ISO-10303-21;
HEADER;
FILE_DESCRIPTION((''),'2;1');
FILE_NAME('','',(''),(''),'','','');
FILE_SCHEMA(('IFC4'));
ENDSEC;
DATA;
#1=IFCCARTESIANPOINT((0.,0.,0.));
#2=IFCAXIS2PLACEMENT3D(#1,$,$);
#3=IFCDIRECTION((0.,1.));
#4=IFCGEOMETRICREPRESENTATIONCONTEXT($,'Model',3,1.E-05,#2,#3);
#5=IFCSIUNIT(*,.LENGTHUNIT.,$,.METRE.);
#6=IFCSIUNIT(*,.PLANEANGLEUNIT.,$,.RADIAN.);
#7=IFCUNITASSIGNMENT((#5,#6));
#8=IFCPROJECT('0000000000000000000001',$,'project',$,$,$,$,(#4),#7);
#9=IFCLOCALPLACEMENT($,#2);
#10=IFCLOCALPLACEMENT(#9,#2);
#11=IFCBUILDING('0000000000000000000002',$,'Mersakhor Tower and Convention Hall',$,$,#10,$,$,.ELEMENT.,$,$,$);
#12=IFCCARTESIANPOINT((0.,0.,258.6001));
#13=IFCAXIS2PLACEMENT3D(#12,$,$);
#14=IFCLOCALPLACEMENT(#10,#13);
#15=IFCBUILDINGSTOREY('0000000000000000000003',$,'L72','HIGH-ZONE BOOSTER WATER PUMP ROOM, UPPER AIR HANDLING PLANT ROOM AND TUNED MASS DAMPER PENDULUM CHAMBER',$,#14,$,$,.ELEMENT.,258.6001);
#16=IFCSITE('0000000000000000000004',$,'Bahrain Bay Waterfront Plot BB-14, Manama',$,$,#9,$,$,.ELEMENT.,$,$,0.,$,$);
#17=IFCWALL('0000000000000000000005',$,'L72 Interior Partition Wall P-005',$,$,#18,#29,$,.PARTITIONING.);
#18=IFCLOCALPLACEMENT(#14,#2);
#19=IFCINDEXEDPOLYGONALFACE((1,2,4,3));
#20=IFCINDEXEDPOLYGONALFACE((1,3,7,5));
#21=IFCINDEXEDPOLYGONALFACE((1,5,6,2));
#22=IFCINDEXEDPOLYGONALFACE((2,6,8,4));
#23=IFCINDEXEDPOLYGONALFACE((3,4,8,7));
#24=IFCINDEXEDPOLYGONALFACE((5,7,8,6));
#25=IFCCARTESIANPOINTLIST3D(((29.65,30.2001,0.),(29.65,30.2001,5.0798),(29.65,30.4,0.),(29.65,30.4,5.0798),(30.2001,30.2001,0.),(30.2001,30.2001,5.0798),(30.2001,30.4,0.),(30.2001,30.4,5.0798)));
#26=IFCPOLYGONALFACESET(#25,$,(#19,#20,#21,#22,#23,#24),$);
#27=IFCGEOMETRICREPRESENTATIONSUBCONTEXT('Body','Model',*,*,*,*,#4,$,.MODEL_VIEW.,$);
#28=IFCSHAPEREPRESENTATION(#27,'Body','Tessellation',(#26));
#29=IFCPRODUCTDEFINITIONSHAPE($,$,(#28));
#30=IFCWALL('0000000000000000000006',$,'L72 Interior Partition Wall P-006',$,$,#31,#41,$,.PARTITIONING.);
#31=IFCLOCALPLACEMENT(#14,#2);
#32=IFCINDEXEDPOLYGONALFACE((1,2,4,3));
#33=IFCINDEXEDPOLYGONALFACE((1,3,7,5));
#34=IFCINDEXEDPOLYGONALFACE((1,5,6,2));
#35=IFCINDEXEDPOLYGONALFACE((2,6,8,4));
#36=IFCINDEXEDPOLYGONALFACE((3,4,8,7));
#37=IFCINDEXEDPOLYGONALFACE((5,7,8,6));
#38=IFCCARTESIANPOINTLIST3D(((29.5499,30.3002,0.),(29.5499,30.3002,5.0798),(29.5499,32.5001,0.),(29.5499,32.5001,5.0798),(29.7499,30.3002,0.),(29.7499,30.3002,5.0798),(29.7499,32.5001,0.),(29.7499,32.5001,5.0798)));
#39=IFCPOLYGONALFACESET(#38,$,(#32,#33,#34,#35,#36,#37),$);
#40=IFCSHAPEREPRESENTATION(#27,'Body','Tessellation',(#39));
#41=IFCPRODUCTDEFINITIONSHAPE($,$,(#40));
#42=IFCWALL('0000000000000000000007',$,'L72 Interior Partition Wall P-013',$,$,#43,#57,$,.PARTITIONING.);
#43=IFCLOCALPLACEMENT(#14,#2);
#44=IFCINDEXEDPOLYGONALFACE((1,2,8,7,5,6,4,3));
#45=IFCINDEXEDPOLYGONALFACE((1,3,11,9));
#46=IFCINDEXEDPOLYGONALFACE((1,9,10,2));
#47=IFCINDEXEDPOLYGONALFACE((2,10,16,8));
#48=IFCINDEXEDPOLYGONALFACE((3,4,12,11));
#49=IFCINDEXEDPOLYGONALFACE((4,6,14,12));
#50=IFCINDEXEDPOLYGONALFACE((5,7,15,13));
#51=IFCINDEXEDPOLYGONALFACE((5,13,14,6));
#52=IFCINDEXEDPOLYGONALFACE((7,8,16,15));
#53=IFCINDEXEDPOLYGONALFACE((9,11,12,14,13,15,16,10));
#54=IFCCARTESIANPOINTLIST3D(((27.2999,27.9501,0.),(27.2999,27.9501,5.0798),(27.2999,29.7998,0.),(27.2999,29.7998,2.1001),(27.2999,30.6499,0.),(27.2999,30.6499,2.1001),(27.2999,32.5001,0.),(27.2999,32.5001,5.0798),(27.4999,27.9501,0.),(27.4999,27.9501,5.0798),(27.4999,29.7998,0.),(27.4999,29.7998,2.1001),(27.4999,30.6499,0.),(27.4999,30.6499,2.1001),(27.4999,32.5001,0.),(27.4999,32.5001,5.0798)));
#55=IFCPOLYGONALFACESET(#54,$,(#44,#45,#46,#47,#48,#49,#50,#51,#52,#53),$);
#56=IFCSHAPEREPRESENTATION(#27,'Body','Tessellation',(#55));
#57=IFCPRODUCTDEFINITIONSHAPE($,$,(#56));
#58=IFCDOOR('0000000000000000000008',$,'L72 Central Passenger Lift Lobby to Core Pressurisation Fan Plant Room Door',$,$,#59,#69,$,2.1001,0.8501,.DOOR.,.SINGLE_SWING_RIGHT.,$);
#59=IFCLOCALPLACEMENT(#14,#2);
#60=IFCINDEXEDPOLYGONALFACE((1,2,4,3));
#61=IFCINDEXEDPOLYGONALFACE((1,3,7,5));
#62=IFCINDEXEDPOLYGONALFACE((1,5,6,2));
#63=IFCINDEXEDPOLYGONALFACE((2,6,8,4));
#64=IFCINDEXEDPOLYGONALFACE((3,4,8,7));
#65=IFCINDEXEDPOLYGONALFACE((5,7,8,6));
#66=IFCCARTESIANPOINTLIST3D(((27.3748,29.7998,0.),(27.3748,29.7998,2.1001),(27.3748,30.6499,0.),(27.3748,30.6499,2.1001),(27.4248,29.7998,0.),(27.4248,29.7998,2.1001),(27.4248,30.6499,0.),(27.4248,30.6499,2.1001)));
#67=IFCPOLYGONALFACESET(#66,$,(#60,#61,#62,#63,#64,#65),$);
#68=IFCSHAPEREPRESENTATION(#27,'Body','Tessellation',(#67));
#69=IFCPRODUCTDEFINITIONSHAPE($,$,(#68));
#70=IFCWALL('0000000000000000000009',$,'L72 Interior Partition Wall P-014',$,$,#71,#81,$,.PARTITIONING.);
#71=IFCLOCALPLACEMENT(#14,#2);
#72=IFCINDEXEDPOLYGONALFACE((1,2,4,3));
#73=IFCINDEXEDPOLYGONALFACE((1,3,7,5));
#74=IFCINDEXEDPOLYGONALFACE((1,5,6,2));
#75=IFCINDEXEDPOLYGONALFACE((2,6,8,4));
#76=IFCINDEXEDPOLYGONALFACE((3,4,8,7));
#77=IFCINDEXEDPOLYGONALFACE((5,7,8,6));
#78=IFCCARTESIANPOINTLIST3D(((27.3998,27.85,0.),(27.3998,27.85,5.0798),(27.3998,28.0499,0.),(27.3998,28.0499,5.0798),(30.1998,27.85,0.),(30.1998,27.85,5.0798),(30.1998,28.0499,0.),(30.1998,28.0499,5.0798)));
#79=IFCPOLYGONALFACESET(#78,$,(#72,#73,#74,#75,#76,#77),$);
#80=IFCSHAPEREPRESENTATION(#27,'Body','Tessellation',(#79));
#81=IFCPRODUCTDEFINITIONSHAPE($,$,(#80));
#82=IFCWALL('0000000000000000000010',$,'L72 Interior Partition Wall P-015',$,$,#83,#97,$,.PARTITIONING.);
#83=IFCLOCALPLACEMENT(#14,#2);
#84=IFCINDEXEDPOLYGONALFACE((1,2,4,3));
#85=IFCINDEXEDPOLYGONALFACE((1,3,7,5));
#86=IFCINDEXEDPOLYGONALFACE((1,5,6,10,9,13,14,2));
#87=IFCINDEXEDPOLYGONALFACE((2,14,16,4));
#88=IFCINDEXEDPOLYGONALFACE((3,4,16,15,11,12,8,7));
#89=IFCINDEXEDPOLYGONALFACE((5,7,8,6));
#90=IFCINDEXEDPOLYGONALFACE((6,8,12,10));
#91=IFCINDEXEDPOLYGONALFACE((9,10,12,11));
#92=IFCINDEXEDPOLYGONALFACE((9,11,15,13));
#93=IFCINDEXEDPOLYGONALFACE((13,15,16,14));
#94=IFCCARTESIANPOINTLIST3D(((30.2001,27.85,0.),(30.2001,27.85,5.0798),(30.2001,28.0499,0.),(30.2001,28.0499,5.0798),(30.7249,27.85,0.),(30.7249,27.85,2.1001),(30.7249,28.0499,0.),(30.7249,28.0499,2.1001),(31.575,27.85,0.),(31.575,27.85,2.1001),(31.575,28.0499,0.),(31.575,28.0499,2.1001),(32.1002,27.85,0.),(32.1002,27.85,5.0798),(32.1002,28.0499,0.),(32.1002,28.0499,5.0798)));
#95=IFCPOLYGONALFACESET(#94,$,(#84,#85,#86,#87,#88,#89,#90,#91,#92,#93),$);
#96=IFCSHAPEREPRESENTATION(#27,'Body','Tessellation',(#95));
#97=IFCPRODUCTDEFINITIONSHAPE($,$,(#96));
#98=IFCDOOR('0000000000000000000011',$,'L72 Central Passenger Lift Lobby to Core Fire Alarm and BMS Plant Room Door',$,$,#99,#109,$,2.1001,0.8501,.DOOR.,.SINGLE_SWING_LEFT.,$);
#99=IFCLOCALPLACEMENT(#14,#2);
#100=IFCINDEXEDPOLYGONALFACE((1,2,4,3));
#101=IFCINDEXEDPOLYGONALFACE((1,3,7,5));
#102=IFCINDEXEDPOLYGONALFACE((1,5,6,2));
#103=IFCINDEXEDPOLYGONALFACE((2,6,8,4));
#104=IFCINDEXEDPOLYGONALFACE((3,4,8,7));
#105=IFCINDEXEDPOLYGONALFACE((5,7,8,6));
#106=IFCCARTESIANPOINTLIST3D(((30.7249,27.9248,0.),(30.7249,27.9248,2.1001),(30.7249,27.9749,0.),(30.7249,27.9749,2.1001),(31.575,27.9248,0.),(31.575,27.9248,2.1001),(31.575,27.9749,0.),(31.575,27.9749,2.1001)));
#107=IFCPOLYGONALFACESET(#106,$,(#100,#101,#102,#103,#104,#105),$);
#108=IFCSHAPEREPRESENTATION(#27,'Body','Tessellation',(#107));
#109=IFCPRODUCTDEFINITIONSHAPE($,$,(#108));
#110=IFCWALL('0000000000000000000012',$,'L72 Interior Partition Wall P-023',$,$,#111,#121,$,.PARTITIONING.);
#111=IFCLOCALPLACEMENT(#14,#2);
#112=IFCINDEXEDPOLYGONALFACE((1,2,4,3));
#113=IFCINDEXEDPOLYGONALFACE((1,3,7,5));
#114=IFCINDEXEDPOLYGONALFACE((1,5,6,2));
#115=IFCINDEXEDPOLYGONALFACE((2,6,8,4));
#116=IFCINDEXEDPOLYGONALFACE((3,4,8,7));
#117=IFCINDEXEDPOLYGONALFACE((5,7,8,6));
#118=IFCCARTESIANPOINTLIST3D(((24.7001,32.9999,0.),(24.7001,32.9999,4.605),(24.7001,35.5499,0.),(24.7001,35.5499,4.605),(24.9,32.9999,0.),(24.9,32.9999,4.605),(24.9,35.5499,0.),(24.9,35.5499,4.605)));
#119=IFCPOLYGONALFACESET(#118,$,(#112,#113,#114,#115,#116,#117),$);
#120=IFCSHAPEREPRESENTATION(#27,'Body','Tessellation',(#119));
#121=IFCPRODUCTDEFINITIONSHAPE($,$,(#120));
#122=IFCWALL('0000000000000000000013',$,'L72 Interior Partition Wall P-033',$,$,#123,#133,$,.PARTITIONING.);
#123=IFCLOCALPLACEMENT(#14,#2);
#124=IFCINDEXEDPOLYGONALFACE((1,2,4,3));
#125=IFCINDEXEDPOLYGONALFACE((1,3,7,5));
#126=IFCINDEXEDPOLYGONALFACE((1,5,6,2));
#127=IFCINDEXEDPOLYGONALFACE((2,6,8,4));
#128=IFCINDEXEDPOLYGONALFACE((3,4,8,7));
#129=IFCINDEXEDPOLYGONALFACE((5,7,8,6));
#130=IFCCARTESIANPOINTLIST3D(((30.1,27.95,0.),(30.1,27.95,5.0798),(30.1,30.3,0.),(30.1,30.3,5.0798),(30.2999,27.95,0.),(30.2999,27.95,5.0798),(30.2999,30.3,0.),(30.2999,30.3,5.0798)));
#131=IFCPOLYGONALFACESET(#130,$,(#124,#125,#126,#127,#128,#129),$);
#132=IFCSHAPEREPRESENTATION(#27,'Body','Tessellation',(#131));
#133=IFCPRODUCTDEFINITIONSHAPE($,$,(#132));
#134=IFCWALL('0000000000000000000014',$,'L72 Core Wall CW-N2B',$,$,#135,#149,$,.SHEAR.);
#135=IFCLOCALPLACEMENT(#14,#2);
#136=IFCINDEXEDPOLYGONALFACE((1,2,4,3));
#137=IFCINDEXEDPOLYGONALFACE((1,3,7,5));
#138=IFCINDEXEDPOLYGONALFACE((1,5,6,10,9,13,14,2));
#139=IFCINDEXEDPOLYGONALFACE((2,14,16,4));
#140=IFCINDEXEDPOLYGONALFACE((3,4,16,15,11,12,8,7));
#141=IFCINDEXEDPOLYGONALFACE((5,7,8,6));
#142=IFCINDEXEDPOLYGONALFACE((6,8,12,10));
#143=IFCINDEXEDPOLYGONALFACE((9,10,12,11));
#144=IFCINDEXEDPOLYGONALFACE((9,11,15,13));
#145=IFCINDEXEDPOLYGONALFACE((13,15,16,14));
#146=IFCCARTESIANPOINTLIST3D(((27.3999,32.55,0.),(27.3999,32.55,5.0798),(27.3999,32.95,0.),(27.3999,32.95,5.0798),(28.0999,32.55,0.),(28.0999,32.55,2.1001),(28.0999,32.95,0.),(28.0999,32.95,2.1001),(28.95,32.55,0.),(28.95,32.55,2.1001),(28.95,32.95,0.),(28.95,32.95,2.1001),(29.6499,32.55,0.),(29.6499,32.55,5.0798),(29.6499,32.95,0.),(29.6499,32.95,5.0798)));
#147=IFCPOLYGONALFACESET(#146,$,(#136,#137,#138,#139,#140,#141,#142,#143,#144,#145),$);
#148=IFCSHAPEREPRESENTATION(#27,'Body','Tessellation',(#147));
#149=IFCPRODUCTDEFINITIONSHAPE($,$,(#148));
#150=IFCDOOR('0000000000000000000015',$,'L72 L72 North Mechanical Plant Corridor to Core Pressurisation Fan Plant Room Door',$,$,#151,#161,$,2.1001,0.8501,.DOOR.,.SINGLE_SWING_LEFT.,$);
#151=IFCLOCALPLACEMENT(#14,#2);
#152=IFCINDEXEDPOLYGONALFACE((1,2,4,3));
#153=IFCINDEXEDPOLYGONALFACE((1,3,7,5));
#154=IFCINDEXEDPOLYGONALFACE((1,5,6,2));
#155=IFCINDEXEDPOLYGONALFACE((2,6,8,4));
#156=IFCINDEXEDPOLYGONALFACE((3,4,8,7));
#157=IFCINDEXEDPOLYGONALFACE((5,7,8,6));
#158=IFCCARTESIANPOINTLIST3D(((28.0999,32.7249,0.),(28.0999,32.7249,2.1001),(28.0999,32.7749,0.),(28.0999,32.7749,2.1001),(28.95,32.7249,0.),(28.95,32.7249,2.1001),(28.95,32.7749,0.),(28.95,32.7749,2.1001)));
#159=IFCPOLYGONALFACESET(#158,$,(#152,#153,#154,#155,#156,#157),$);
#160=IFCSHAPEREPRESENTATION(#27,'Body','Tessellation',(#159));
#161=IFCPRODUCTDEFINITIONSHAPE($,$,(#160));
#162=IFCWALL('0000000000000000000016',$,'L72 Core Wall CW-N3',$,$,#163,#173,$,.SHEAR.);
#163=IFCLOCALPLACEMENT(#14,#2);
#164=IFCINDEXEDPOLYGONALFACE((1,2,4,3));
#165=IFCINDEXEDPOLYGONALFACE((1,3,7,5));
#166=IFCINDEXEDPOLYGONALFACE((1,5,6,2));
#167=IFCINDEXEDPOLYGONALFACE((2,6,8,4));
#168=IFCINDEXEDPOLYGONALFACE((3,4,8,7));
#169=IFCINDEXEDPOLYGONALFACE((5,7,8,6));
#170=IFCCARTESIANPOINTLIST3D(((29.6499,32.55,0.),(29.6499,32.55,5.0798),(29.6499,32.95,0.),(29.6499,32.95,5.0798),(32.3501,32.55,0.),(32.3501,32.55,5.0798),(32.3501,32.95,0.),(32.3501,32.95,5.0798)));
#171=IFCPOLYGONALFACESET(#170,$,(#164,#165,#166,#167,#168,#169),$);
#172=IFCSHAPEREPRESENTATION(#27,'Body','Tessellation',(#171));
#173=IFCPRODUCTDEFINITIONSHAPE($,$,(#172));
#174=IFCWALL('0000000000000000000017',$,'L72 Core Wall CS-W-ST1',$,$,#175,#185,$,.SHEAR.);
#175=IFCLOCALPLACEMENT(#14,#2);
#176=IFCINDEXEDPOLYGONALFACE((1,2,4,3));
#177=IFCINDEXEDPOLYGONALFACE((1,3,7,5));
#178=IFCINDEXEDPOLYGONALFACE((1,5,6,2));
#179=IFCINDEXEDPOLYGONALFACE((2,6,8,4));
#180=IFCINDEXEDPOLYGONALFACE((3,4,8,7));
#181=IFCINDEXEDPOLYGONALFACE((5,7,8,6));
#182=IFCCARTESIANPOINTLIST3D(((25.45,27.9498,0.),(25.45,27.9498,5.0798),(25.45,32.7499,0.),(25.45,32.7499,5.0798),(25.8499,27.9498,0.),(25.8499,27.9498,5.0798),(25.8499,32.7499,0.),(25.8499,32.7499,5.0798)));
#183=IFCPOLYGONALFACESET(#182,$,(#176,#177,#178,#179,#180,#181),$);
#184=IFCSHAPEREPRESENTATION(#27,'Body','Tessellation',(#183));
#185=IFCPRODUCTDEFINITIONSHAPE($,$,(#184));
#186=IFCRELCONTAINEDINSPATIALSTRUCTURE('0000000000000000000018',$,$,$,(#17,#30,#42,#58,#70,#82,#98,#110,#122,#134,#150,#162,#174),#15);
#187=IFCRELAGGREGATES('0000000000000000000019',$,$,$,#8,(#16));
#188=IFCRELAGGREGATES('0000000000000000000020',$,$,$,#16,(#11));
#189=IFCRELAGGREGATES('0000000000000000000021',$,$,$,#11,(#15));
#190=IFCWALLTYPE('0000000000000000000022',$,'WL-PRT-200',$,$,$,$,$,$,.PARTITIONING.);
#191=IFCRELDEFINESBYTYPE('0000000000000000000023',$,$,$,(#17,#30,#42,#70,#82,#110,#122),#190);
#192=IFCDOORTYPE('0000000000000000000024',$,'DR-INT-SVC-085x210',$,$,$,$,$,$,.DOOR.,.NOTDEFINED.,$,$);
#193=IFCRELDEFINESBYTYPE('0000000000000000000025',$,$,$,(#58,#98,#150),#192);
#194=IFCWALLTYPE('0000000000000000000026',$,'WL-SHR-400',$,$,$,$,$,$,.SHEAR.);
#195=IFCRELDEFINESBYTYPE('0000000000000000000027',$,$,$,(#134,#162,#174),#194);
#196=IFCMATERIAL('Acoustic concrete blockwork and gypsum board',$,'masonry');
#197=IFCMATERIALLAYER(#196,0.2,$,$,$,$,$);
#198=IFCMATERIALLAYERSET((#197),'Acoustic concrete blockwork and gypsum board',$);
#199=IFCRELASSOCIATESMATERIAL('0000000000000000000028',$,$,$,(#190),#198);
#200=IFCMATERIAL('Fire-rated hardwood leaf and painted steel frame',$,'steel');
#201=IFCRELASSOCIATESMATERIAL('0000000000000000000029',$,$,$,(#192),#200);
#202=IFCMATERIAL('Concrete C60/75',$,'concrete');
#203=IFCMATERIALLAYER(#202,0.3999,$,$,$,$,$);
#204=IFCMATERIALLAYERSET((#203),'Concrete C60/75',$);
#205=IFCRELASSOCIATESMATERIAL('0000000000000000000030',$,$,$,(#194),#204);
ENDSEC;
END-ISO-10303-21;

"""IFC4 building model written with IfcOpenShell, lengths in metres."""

from ifc_helpers import new_model, si_unit, direction, frame, frame_2d, origin, place, context, subcontext, project, spatial, rectangle, extrude, material, layer, layer_set, type_object, element, fill, save


model = new_model("IFC4")

# Units and contexts
model_context = context("Model", 3, precision=1e-05, world=origin(), true_north=direction((0.0, 1.0)))
body_context = subcontext(model_context, "Body", "Model", "MODEL_VIEW")
ifc_project = project(units=[si_unit("LENGTHUNIT", "METRE"), si_unit("PLANEANGLEUNIT", "RADIAN")], contexts=[model_context])

# Site, building, storey
site_placement = place(None, origin())
site = spatial("IfcSite", under=ifc_project, at=site_placement, Name="Bahrain Bay Waterfront Plot BB-14, Manama", CompositionType="ELEMENT", RefElevation=0.0)
building_placement = place(site_placement, origin())
building = spatial("IfcBuilding", under=site, at=building_placement, Name="Mersakhor Tower and Convention Hall", CompositionType="ELEMENT")
storey_placement = place(building_placement, frame((0.0, 0.0, 258.6001)))
storey = spatial("IfcBuildingStorey", under=building, at=storey_placement, Name="L72", Description="HIGH-ZONE BOOSTER WATER PUMP ROOM, UPPER AIR HANDLING PLANT ROOM AND TUNED MASS DAMPER PENDULUM CHAMBER", CompositionType="ELEMENT", Elevation=258.6001)

# Walls
ifc_material_1 = material(Name="Acoustic concrete blockwork and gypsum board", Category="masonry")
ifc_layer_1 = layer(ifc_material_1, 0.2)
ifc_layer_set_1 = layer_set([ifc_layer_1], Name="Acoustic concrete blockwork and gypsum board")
wall_type_1 = type_object("IfcWallType", Name="WL-PRT-200", PredefinedType="PARTITIONING", material=ifc_layer_set_1)
wall_1_placement = place(storey_placement, frame((30.2, 30.3, 0.0), z_axis=(0.0, 0.0, 1.0), x_axis=(-1.0, 0.0, 0.0)))
element("IfcWall", 1, at=wall_1_placement, inside=storey, type_object=wall_type_1, Name="L72 Interior Partition Wall P-005", PredefinedType="PARTITIONING", context=body_context, shape_type="SweptSolid", body=[
    extrude(rectangle(XDim=0.55, YDim=0.2, at=frame_2d((0.2749, 0.0))), origin(), (0.0, 0.0, 1.0), 5.0798),
])
wall_2_placement = place(storey_placement, frame((29.6499, 30.3, 0.0), z_axis=(0.0, 0.0, 1.0), x_axis=(0.0, 1.0, 0.0)))
element("IfcWall", 2, at=wall_2_placement, inside=storey, type_object=wall_type_1, Name="L72 Interior Partition Wall P-006", PredefinedType="PARTITIONING", context=body_context, shape_type="SweptSolid", body=[
    extrude(rectangle(XDim=2.2, YDim=0.2, at=frame_2d((1.1001, 0.0))), origin(), (0.0, 0.0, 1.0), 5.0798),
])

# Wall, opening, door
wall_3_placement = place(storey_placement, frame((27.3999, 32.5, 0.0), z_axis=(0.0, 0.0, 1.0), x_axis=(0.0, -1.0, 0.0)))
wall_3 = element("IfcWall", 3, at=wall_3_placement, inside=storey, type_object=wall_type_1, Name="L72 Interior Partition Wall P-013", PredefinedType="PARTITIONING", context=body_context, shape_type="SweptSolid", body=[
    extrude(rectangle(XDim=4.55, YDim=0.2, at=frame_2d((2.2749, 0.0))), origin(), (0.0, 0.0, 1.0), 5.0798),
])
opening_1_placement = place(wall_3_placement, frame((1.8501, 0.0, 0.0)))
opening_1 = element("IfcOpeningElement", 4, at=opening_1_placement, cuts=wall_3, PredefinedType="OPENING", context=body_context, shape_type="SweptSolid", body=[
    extrude(rectangle(XDim=0.8501, YDim=2.1001, at=frame_2d((0.425, 1.05))), frame((0.0, 0.1099, 0.0), z_axis=(0.0, -1.0, 0.0), x_axis=(1.0, 0.0, 0.0)), (0.0, 0.0, 1.0), 0.22),
])
ifc_material_2 = material(Name="Fire-rated hardwood leaf and painted steel frame", Category="steel")
door_type_1 = type_object("IfcDoorType", Name="DR-INT-SVC-085x210", OperationType="NOTDEFINED", PredefinedType="DOOR", material=ifc_material_2)
door_1_placement = place(opening_1_placement, origin())
door_1 = element("IfcDoor", 5, at=door_1_placement, inside=storey, type_object=door_type_1, Name="L72 Central Passenger Lift Lobby to Core Pressurisation Fan Plant Room Door", OperationType="SINGLE_SWING_RIGHT", OverallHeight=2.1001, OverallWidth=0.8501, PredefinedType="DOOR", context=body_context, shape_type="SweptSolid", body=[
    extrude(rectangle(XDim=0.8501, YDim=2.1001, at=frame_2d((0.425, 1.05))), frame((0.0, 0.0249, 0.0), z_axis=(0.0, -1.0, 0.0), x_axis=(1.0, 0.0, 0.0)), (0.0, 0.0, 1.0), 0.05),
])
fill(opening_1, door_1)

# Wall
wall_4_placement = place(storey_placement, frame((27.3999, 27.95, 0.0), z_axis=(0.0, 0.0, 1.0), x_axis=(1.0, 0.0, 0.0)))
element("IfcWall", 6, at=wall_4_placement, inside=storey, type_object=wall_type_1, Name="L72 Interior Partition Wall P-014", PredefinedType="PARTITIONING", context=body_context, shape_type="SweptSolid", body=[
    extrude(rectangle(XDim=2.8, YDim=0.2, at=frame_2d((1.3999, 0.0))), origin(), (0.0, 0.0, 1.0), 5.0798),
])

# Wall, opening, door
wall_5_placement = place(storey_placement, frame((30.2, 27.95, 0.0), z_axis=(0.0, 0.0, 1.0), x_axis=(1.0, 0.0, 0.0)))
wall_5 = element("IfcWall", 7, at=wall_5_placement, inside=storey, type_object=wall_type_1, Name="L72 Interior Partition Wall P-015", PredefinedType="PARTITIONING", context=body_context, shape_type="SweptSolid", body=[
    extrude(rectangle(XDim=1.9001, YDim=0.2, at=frame_2d((0.9502, 0.0))), origin(), (0.0, 0.0, 1.0), 5.0798),
])
opening_2_placement = place(wall_5_placement, frame((0.5249, 0.0, 0.0)))
opening_2 = element("IfcOpeningElement", 8, at=opening_2_placement, cuts=wall_5, PredefinedType="OPENING", context=body_context, shape_type="SweptSolid", body=[
    extrude(rectangle(XDim=0.8501, YDim=2.1001, at=frame_2d((0.425, 1.05))), frame((0.0, 0.1099, 0.0), z_axis=(0.0, -1.0, 0.0), x_axis=(1.0, 0.0, 0.0)), (0.0, 0.0, 1.0), 0.22),
])
door_2_placement = place(opening_2_placement, origin())
door_2 = element("IfcDoor", 9, at=door_2_placement, inside=storey, type_object=door_type_1, Name="L72 Central Passenger Lift Lobby to Core Fire Alarm and BMS Plant Room Door", OperationType="SINGLE_SWING_LEFT", OverallHeight=2.1001, OverallWidth=0.8501, PredefinedType="DOOR", context=body_context, shape_type="SweptSolid", body=[
    extrude(rectangle(XDim=0.8501, YDim=2.1001, at=frame_2d((0.425, 1.05))), frame((0.0, 0.0249, 0.0), z_axis=(0.0, -1.0, 0.0), x_axis=(1.0, 0.0, 0.0)), (0.0, 0.0, 1.0), 0.05),
])
fill(opening_2, door_2)

# Walls
wall_6_placement = place(storey_placement, frame((24.8, 33.0, 0.0), z_axis=(0.0, 0.0, 1.0), x_axis=(0.0, 1.0, 0.0)))
element("IfcWall", 10, at=wall_6_placement, inside=storey, type_object=wall_type_1, Name="L72 Interior Partition Wall P-023", PredefinedType="PARTITIONING", context=body_context, shape_type="SweptSolid", body=[
    extrude(rectangle(XDim=2.55, YDim=0.2, at=frame_2d((1.2749, 0.0))), origin(), (0.0, 0.0, 1.0), 4.605),
])
wall_7_placement = place(storey_placement, frame((30.2, 30.3, 0.0), z_axis=(0.0, 0.0, 1.0), x_axis=(0.0, -1.0, 0.0)))
element("IfcWall", 11, at=wall_7_placement, inside=storey, type_object=wall_type_1, Name="L72 Interior Partition Wall P-033", PredefinedType="PARTITIONING", context=body_context, shape_type="SweptSolid", body=[
    extrude(rectangle(XDim=2.3501, YDim=0.2, at=frame_2d((1.175, 0.0))), origin(), (0.0, 0.0, 1.0), 5.0798),
])

# Wall, opening, door
ifc_material_3 = material(Name="Concrete C60/75", Category="concrete")
ifc_layer_2 = layer(ifc_material_3, 0.3999)
ifc_layer_set_2 = layer_set([ifc_layer_2], Name="Concrete C60/75")
wall_type_2 = type_object("IfcWallType", Name="WL-SHR-400", PredefinedType="SHEAR", material=ifc_layer_set_2)
wall_8_placement = place(storey_placement, frame((27.3999, 32.75, 0.0), z_axis=(0.0, 0.0, 1.0), x_axis=(1.0, 0.0, 0.0)))
wall_8 = element("IfcWall", 12, at=wall_8_placement, inside=storey, type_object=wall_type_2, Name="L72 Core Wall CW-N2B", PredefinedType="SHEAR", context=body_context, shape_type="SweptSolid", body=[
    extrude(rectangle(XDim=2.25, YDim=0.3999, at=frame_2d((1.125, 0.0))), origin(), (0.0, 0.0, 1.0), 5.0798),
])
opening_3_placement = place(wall_8_placement, frame((0.7, 0.0, 0.0)))
opening_3 = element("IfcOpeningElement", 13, at=opening_3_placement, cuts=wall_8, PredefinedType="OPENING", context=body_context, shape_type="SweptSolid", body=[
    extrude(rectangle(XDim=0.8501, YDim=2.1001, at=frame_2d((0.425, 1.05))), frame((0.0, 0.21, 0.0), z_axis=(0.0, -1.0, 0.0), x_axis=(1.0, 0.0, 0.0)), (0.0, 0.0, 1.0), 0.4199),
])
door_3_placement = place(opening_3_placement, origin())
door_3 = element("IfcDoor", 14, at=door_3_placement, inside=storey, type_object=door_type_1, Name="L72 L72 North Mechanical Plant Corridor to Core Pressurisation Fan Plant Room Door", OperationType="SINGLE_SWING_LEFT", OverallHeight=2.1001, OverallWidth=0.8501, PredefinedType="DOOR", context=body_context, shape_type="SweptSolid", body=[
    extrude(rectangle(XDim=0.8501, YDim=2.1001, at=frame_2d((0.425, 1.05))), frame((0.0, 0.0249, 0.0), z_axis=(0.0, -1.0, 0.0), x_axis=(1.0, 0.0, 0.0)), (0.0, 0.0, 1.0), 0.05),
])
fill(opening_3, door_3)

# Walls
wall_9_placement = place(storey_placement, frame((29.6499, 32.75, 0.0), z_axis=(0.0, 0.0, 1.0), x_axis=(1.0, 0.0, 0.0)))
element("IfcWall", 15, at=wall_9_placement, inside=storey, type_object=wall_type_2, Name="L72 Core Wall CW-N3", PredefinedType="SHEAR", context=body_context, shape_type="SweptSolid", body=[
    extrude(rectangle(XDim=2.7002, YDim=0.3999, at=frame_2d((1.3501, 0.0))), origin(), (0.0, 0.0, 1.0), 5.0798),
])
wall_10_placement = place(storey_placement, frame((25.6499, 27.95, 0.0), z_axis=(0.0, 0.0, 1.0), x_axis=(0.0, 1.0, 0.0)))
element("IfcWall", 16, at=wall_10_placement, inside=storey, type_object=wall_type_2, Name="L72 Core Wall CS-W-ST1", PredefinedType="SHEAR", context=body_context, shape_type="SweptSolid", body=[
    extrude(rectangle(XDim=4.8, YDim=0.3999, at=frame_2d((2.3999, 0.0))), origin(), (0.0, 0.0, 1.0), 5.0798),
])

save(model, "model.ifc")
